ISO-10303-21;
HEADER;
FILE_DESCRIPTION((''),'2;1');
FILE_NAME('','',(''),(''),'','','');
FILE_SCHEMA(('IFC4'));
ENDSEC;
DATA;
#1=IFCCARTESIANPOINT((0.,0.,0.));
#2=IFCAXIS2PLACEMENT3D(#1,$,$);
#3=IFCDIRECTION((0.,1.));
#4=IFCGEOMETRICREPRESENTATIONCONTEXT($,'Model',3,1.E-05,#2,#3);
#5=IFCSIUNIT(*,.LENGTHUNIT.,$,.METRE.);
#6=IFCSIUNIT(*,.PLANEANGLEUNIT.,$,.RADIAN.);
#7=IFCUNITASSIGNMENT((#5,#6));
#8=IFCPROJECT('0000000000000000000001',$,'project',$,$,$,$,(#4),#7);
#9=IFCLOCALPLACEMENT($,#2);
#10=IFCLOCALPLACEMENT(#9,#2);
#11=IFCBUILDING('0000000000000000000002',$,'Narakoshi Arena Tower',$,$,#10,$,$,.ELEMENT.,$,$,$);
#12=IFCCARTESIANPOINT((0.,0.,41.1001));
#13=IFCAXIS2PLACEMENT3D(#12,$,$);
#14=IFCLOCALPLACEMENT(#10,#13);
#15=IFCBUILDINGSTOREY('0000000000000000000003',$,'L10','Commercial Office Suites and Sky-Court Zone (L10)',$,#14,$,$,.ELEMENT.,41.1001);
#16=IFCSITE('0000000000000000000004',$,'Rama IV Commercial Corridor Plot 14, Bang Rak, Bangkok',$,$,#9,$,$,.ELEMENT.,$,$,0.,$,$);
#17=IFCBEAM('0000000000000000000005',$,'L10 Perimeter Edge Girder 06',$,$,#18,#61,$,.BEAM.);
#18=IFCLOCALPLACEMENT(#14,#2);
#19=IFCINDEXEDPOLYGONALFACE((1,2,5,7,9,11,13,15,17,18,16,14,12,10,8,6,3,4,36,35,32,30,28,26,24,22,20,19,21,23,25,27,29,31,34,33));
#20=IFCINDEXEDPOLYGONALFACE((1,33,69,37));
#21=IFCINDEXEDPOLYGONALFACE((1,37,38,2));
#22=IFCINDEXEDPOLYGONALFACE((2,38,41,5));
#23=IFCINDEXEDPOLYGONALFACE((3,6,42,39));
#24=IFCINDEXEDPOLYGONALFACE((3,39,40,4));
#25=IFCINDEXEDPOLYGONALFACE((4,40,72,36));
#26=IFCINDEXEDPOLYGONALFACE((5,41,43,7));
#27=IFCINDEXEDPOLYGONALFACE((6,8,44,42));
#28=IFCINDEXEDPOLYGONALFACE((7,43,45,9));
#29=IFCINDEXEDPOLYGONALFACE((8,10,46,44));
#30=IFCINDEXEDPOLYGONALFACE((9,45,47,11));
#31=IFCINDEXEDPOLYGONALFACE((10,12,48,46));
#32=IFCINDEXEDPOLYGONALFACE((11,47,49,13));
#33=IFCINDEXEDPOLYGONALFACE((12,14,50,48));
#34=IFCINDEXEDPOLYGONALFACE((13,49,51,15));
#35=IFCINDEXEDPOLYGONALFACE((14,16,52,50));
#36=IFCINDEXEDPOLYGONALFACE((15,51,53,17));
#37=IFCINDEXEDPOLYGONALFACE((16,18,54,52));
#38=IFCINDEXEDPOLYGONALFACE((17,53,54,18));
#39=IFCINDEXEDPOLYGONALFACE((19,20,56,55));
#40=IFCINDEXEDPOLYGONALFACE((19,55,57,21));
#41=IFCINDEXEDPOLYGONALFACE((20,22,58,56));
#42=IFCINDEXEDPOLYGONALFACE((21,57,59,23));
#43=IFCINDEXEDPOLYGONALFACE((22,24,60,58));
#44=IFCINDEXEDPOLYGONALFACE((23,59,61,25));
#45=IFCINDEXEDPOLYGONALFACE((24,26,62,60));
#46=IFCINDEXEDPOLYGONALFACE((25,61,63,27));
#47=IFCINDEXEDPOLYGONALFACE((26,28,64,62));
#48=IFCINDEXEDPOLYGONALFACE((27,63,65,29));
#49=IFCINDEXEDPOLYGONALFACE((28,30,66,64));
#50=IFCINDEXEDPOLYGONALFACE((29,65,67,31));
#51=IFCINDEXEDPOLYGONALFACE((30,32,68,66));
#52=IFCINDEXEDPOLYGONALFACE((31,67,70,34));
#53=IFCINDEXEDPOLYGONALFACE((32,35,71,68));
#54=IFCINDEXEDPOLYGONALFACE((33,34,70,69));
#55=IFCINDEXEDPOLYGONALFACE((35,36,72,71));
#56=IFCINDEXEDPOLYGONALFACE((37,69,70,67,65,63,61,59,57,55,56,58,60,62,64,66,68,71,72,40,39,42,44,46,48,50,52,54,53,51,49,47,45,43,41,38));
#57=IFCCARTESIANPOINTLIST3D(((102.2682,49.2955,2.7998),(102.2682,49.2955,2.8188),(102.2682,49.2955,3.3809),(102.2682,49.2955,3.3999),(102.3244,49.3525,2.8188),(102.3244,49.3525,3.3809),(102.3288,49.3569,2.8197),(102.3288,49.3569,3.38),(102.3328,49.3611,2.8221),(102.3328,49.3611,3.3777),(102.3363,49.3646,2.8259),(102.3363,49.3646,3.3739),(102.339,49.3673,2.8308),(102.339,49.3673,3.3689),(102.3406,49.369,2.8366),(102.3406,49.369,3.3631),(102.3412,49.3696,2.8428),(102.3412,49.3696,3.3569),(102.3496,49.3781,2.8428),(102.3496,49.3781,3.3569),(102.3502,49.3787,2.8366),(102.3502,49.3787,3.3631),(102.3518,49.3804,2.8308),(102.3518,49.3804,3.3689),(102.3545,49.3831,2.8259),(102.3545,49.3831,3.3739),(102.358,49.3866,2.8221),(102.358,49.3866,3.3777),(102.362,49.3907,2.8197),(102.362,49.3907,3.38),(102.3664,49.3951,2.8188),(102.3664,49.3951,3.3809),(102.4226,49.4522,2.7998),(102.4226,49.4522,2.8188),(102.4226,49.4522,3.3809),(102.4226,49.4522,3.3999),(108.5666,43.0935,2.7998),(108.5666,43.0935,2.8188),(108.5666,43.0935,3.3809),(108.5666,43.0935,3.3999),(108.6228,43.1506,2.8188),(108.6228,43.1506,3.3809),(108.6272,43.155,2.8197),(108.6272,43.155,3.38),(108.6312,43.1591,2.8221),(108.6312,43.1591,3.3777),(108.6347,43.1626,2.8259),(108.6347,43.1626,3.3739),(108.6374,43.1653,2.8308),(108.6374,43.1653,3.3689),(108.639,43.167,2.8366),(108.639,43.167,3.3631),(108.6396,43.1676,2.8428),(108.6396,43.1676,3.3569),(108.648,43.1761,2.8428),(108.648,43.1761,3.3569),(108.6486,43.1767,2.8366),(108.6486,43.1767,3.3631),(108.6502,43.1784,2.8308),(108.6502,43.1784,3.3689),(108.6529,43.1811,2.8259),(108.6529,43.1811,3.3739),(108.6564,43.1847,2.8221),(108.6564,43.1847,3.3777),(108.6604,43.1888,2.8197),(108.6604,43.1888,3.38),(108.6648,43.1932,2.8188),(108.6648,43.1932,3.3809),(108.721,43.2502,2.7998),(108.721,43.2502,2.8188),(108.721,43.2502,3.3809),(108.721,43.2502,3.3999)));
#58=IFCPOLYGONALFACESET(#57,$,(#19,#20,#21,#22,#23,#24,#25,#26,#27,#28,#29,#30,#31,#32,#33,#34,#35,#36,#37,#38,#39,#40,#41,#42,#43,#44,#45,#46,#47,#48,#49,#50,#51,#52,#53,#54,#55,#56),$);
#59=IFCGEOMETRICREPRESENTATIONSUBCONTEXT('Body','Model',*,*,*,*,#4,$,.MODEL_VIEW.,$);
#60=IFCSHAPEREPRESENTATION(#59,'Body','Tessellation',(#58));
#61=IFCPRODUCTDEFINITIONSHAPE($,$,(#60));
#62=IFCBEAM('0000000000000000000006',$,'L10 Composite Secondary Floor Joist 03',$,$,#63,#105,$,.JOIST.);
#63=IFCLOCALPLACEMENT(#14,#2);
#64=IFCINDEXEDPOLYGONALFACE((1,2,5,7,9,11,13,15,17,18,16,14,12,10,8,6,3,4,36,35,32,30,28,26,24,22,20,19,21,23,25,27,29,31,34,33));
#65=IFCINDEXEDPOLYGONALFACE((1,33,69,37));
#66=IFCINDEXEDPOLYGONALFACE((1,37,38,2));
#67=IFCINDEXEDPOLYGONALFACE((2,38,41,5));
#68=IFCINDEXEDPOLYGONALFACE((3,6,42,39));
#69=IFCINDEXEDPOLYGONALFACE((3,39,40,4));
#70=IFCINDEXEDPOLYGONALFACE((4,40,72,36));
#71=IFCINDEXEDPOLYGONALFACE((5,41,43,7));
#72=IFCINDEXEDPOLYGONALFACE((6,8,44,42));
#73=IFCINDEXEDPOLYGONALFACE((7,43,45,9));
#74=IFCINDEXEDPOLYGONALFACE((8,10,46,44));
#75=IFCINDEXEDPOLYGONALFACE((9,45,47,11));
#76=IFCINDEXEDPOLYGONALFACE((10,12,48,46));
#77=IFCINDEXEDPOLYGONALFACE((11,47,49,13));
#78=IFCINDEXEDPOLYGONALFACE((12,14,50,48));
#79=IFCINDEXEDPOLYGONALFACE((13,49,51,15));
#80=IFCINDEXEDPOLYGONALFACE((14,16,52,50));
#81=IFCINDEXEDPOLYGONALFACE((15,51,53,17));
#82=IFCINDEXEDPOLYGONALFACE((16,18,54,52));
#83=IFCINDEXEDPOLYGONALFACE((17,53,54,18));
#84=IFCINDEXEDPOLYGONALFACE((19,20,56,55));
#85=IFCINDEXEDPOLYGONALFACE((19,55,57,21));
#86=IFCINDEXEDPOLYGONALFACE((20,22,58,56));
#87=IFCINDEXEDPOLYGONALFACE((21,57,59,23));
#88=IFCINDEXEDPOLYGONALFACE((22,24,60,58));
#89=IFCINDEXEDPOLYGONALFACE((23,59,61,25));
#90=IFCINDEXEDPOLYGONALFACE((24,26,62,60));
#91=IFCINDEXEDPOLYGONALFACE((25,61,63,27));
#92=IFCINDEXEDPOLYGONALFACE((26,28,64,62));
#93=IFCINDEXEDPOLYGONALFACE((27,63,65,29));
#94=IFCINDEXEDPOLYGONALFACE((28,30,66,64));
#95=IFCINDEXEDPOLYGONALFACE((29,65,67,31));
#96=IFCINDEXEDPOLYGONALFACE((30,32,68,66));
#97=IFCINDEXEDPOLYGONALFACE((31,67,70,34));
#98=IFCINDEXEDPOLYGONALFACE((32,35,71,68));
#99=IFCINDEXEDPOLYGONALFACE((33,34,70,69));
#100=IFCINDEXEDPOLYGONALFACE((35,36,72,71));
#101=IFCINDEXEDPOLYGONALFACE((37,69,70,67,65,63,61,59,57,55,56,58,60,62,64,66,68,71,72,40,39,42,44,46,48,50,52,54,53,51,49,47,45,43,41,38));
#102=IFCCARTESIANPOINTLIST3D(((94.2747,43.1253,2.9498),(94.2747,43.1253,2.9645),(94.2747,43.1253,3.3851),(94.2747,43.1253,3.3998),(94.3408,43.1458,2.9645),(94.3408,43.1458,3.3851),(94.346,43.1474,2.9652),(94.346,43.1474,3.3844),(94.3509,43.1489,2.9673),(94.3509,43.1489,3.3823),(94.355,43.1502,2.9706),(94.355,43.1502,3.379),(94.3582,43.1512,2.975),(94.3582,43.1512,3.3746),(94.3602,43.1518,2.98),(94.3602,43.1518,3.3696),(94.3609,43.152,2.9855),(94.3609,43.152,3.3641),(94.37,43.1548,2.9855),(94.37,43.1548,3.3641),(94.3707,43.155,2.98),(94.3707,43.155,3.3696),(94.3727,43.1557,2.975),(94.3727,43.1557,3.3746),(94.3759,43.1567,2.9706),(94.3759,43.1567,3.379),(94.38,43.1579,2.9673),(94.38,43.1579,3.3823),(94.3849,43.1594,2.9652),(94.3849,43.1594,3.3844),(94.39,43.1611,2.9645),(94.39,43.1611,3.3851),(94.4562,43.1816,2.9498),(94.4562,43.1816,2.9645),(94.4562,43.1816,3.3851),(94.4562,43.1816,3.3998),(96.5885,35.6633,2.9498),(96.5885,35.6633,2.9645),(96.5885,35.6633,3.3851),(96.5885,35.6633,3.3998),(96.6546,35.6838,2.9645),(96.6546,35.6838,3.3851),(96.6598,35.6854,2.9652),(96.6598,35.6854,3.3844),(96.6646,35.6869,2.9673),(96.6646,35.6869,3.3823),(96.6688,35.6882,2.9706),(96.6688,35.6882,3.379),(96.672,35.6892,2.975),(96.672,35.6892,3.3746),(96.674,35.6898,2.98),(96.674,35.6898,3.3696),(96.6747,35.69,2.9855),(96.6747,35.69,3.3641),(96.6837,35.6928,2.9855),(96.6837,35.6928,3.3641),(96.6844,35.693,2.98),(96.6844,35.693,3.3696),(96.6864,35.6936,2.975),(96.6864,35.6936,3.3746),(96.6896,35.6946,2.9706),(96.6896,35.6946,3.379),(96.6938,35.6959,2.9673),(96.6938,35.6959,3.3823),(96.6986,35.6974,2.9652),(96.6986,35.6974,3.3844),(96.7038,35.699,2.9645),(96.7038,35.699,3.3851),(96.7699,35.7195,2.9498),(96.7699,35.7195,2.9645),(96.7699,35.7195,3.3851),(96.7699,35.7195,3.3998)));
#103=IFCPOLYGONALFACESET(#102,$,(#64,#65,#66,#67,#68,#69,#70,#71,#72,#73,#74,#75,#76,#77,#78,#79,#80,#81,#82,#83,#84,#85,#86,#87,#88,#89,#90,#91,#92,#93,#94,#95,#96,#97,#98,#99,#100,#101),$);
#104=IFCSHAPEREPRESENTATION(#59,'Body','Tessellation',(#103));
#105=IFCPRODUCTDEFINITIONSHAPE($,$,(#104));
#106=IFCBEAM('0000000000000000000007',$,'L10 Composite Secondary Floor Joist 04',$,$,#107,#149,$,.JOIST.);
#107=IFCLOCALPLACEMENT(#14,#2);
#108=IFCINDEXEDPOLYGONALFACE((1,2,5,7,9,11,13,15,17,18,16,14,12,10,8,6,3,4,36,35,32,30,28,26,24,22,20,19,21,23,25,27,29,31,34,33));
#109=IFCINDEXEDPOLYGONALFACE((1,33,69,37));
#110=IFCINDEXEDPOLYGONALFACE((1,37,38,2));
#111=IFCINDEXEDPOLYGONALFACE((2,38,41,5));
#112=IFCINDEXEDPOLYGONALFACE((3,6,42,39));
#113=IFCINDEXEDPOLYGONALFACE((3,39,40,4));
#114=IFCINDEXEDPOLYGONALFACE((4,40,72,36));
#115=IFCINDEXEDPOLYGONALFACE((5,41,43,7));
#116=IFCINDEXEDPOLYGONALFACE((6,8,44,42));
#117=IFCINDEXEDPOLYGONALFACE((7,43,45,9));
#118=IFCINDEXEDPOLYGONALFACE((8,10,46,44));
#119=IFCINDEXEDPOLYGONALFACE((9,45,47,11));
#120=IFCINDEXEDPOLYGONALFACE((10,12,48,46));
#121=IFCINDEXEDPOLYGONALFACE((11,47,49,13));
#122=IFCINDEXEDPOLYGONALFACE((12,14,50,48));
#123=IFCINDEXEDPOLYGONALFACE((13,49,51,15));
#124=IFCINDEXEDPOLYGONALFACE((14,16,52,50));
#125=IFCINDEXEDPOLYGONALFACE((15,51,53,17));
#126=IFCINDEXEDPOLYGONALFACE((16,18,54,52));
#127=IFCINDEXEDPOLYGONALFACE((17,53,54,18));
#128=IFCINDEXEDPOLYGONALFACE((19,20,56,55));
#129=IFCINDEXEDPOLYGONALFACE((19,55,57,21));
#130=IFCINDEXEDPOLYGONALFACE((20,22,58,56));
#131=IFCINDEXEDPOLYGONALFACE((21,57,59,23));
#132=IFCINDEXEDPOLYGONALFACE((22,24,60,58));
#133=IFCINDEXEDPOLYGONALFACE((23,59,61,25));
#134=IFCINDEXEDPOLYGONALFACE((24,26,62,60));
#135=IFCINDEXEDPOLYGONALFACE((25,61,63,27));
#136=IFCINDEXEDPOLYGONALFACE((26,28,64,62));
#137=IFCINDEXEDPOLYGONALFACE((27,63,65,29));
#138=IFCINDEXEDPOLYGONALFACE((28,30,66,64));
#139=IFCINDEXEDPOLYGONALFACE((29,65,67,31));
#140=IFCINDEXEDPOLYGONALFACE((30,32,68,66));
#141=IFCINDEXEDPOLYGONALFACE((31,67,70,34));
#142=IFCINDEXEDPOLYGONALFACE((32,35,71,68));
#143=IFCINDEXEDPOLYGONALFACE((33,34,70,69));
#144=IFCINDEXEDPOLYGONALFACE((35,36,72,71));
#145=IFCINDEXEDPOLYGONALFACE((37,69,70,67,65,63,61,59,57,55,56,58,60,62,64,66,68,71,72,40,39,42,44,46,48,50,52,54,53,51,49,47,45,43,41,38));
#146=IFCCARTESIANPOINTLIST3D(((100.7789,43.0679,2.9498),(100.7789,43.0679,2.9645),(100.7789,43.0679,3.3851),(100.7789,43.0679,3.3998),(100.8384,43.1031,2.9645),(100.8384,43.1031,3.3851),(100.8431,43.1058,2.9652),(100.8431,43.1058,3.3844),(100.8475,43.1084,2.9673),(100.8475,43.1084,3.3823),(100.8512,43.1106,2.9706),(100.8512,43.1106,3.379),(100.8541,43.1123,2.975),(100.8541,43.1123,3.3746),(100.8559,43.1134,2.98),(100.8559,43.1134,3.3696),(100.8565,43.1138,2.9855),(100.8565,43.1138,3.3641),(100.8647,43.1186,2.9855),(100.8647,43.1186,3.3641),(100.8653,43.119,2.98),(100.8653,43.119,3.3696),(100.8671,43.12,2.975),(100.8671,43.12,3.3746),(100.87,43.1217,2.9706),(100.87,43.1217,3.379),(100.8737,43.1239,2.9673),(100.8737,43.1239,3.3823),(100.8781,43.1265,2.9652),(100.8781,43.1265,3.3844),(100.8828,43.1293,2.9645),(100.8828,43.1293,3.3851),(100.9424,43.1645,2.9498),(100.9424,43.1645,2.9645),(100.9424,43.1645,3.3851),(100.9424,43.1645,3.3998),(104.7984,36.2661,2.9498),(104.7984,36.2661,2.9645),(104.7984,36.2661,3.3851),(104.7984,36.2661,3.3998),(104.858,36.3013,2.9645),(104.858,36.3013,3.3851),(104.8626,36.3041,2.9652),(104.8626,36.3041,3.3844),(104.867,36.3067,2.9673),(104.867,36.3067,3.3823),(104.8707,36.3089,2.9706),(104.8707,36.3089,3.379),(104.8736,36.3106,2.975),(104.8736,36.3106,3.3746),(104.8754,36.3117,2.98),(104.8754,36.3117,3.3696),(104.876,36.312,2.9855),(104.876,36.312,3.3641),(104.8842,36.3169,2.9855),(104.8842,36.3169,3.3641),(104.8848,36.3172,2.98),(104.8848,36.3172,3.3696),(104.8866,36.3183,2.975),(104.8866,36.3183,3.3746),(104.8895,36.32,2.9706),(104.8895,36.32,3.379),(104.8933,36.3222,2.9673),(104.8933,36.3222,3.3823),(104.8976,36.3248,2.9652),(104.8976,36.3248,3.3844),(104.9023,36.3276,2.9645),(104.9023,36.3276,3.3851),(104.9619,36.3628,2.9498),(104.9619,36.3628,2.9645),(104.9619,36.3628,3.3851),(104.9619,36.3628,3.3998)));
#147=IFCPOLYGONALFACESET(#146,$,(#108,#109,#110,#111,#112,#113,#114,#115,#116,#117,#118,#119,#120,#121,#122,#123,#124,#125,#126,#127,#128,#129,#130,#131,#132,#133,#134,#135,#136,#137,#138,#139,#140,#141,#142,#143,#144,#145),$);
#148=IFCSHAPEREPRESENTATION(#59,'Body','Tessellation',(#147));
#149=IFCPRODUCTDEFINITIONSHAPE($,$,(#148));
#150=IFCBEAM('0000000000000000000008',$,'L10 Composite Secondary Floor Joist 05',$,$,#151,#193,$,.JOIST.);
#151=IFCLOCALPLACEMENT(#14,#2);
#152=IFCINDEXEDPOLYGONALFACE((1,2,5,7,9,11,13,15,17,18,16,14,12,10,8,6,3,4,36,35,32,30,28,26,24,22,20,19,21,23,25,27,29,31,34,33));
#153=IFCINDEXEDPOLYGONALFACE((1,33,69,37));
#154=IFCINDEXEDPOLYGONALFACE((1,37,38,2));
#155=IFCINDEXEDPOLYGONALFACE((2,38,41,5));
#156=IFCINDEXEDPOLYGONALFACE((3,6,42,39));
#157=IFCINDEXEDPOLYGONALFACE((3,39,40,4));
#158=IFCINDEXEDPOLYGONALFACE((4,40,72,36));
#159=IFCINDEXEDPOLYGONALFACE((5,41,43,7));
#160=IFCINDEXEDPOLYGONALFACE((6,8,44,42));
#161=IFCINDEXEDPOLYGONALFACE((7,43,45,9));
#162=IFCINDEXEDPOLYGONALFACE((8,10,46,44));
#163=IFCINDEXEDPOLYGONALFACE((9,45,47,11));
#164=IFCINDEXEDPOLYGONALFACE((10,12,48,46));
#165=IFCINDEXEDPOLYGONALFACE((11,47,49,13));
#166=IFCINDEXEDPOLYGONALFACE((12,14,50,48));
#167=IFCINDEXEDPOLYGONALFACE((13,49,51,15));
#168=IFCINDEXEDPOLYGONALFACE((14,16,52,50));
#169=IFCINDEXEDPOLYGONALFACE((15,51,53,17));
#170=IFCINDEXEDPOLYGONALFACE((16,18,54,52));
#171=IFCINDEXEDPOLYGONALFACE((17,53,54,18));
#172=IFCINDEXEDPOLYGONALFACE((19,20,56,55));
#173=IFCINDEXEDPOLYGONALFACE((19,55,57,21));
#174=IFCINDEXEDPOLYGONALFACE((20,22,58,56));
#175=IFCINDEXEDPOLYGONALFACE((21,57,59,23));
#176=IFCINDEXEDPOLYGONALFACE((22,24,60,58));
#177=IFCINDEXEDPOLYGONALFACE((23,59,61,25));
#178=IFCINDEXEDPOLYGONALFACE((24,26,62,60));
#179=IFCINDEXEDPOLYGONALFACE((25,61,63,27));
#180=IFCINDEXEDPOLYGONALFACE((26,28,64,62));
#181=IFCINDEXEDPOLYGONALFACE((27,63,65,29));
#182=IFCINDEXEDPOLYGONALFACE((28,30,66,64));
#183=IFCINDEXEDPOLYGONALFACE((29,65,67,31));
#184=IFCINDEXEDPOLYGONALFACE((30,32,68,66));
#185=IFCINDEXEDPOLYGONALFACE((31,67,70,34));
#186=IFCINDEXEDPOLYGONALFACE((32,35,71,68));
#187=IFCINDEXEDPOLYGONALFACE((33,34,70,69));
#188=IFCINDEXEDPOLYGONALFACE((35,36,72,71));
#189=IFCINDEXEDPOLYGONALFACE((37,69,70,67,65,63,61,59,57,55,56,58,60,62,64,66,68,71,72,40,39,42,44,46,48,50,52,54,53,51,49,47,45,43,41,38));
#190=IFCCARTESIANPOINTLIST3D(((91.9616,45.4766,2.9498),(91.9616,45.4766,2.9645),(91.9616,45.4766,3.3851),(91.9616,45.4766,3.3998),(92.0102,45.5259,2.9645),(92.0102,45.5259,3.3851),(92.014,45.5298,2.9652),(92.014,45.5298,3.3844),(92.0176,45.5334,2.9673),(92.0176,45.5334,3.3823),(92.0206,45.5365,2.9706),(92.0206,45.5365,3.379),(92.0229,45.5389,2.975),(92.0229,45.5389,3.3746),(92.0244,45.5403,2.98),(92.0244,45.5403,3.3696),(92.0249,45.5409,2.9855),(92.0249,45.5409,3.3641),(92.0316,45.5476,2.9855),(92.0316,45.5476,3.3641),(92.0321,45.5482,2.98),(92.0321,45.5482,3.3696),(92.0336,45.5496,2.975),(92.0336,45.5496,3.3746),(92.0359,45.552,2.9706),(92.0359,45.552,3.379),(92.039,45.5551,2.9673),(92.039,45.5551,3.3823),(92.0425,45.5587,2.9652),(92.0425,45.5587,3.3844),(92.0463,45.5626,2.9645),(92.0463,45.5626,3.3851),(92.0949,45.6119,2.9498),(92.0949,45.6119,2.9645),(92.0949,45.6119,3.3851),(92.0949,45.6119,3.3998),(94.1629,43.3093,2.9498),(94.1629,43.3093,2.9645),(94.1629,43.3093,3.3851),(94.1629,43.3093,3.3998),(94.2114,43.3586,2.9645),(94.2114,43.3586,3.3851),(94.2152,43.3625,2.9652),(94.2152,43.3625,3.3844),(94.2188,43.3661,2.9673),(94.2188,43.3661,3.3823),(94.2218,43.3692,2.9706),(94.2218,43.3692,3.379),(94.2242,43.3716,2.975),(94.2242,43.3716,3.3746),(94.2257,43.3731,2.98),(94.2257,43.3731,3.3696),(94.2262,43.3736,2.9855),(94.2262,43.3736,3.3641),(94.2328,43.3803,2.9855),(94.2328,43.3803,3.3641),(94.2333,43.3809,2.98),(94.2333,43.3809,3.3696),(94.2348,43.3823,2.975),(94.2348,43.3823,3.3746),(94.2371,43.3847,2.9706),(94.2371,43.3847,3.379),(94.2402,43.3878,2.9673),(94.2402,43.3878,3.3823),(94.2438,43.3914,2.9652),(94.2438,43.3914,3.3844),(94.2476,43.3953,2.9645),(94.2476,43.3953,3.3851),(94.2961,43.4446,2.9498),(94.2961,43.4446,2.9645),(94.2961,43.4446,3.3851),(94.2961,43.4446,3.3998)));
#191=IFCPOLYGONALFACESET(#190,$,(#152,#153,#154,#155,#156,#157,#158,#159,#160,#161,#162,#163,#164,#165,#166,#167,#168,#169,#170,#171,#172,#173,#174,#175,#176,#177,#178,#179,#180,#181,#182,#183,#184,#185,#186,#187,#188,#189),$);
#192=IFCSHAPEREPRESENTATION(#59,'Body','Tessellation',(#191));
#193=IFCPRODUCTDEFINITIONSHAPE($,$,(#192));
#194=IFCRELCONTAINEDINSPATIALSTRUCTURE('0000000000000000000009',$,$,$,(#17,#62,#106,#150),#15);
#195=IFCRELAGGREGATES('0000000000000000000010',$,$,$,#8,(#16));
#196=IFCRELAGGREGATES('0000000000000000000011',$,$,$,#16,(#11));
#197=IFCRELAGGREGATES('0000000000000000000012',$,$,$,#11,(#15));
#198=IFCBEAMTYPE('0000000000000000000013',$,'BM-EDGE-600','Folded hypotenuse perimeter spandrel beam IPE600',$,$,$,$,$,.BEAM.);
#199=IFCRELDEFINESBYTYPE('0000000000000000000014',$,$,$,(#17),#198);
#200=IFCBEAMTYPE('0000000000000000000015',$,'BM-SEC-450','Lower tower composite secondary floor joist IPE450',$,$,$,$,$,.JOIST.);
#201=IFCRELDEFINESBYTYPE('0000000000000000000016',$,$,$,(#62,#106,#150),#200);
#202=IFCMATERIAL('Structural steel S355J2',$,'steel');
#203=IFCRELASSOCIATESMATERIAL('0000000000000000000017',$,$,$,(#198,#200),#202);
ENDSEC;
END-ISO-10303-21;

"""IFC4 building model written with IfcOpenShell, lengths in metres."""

from ifc_helpers import new_model, si_unit, direction, frame, origin, origin_2d, place, context, subcontext, project, spatial, i_section, extrude, material, material_profile, profile_set, type_object, element, save


model = new_model("IFC4")

# Units and contexts
model_context = context("Model", 3, precision=1e-05, world=origin(), true_north=direction((0.0, 1.0)))
body_context = subcontext(model_context, "Body", "Model", "MODEL_VIEW")
ifc_project = project(units=[si_unit("LENGTHUNIT", "METRE"), si_unit("PLANEANGLEUNIT", "RADIAN")], contexts=[model_context])

# Site, building, storey
site_placement = place(None, origin())
site = spatial("IfcSite", under=ifc_project, at=site_placement, Name="Rama IV Commercial Corridor Plot 14, Bang Rak, Bangkok", CompositionType="ELEMENT", RefElevation=0.0)
building_placement = place(site_placement, origin())
building = spatial("IfcBuilding", under=site, at=building_placement, Name="Narakoshi Arena Tower", CompositionType="ELEMENT")
storey_placement = place(building_placement, frame((0.0, 0.0, 41.1001)))
storey = spatial("IfcBuildingStorey", under=building, at=storey_placement, Name="L10", Description="Commercial Office Suites and Sky-Court Zone (L10)", CompositionType="ELEMENT", Elevation=41.1001)

# Beams
ifc_material_1 = material(Name="Structural steel S355J2", Category="steel")
ifc_material_profile_1 = material_profile(ifc_material_1, i_section(OverallWidth=0.22, OverallDepth=0.6001, WebThickness=0.012, FlangeThickness=0.019, FilletRadius=0.0239, at=origin_2d()), Name="IPE600")
ifc_profile_set_1 = profile_set([ifc_material_profile_1], Name="Structural steel S355J2")
beam_type_1 = type_object("IfcBeamType", Name="BM-EDGE-600", Description="Folded hypotenuse perimeter spandrel beam IPE600", PredefinedType="BEAM", material=ifc_profile_set_1)
for number, where, z_axis, x_axis, name in (
    (1, (108.6438, 43.1719, 3.0999), (-0.712541, 0.701631, 0.0), (-0.701631, -0.712541, 0.0), "L10 Perimeter Edge Girder 06"),
):
    element("IfcBeam", number, at=place(storey_placement, frame(where, z_axis=z_axis, x_axis=x_axis)), inside=storey, type_object=beam_type_1, Name=name, PredefinedType="BEAM", context=body_context, shape_type="SweptSolid", body=[
        extrude(i_section(OverallWidth=0.22, OverallDepth=0.6001, WebThickness=0.012, FlangeThickness=0.019, FilletRadius=0.0239, at=origin_2d()), origin(), (0.0, 0.0, 1.0), 8.8394),
    ])
ifc_material_profile_2 = material_profile(ifc_material_1, i_section(OverallWidth=0.1899, OverallDepth=0.45, WebThickness=0.0095, FlangeThickness=0.0146, FilletRadius=0.021, at=origin_2d()), Name="IPE450")
ifc_profile_set_2 = profile_set([ifc_material_profile_2], Name="Structural steel S355J2")
beam_type_2 = type_object("IfcBeamType", Name="BM-SEC-450", Description="Lower tower composite secondary floor joist IPE450", PredefinedType="JOIST", material=ifc_profile_set_2)
beam_1_placement = place(storey_placement, frame((96.6792, 35.6914, 3.1748), z_axis=(-0.29616, 0.955138, 0.0), x_axis=(-0.955138, -0.29616, 0.0)))
element("IfcBeam", 2, at=beam_1_placement, inside=storey, type_object=beam_type_2, Name="L10 Composite Secondary Floor Joist 03", PredefinedType="JOIST", context=body_context, shape_type="SweptSolid", body=[
    extrude(i_section(OverallWidth=0.1899, OverallDepth=0.45, WebThickness=0.0095, FlangeThickness=0.0146, FilletRadius=0.021, at=origin_2d()), origin(), (0.0, 0.0, 1.0), 7.8125),
])
beam_2_placement = place(storey_placement, frame((104.8801, 36.3145, 3.1748), z_axis=(-0.508758, 0.860909, 0.0), x_axis=(-0.860909, -0.508758, 0.0)))
element("IfcBeam", 3, at=beam_2_placement, inside=storey, type_object=beam_type_2, Name="L10 Composite Secondary Floor Joist 04", PredefinedType="JOIST", context=body_context, shape_type="SweptSolid", body=[
    extrude(i_section(OverallWidth=0.1899, OverallDepth=0.45, WebThickness=0.0095, FlangeThickness=0.0146, FilletRadius=0.021, at=origin_2d()), origin(), (0.0, 0.0, 1.0), 7.9006),
])
beam_3_placement = place(storey_placement, frame((94.2295, 43.377, 3.1748), z_axis=(-0.712578, 0.701593, 0.0), x_axis=(-0.701593, -0.712578, 0.0)))
element("IfcBeam", 4, at=beam_3_placement, inside=storey, type_object=beam_type_2, Name="L10 Composite Secondary Floor Joist 05", PredefinedType="JOIST", context=body_context, shape_type="SweptSolid", body=[
    extrude(i_section(OverallWidth=0.1899, OverallDepth=0.45, WebThickness=0.0095, FlangeThickness=0.0146, FilletRadius=0.021, at=origin_2d()), origin(), (0.0, 0.0, 1.0), 3.0891),
])

save(model, "model.ifc")
